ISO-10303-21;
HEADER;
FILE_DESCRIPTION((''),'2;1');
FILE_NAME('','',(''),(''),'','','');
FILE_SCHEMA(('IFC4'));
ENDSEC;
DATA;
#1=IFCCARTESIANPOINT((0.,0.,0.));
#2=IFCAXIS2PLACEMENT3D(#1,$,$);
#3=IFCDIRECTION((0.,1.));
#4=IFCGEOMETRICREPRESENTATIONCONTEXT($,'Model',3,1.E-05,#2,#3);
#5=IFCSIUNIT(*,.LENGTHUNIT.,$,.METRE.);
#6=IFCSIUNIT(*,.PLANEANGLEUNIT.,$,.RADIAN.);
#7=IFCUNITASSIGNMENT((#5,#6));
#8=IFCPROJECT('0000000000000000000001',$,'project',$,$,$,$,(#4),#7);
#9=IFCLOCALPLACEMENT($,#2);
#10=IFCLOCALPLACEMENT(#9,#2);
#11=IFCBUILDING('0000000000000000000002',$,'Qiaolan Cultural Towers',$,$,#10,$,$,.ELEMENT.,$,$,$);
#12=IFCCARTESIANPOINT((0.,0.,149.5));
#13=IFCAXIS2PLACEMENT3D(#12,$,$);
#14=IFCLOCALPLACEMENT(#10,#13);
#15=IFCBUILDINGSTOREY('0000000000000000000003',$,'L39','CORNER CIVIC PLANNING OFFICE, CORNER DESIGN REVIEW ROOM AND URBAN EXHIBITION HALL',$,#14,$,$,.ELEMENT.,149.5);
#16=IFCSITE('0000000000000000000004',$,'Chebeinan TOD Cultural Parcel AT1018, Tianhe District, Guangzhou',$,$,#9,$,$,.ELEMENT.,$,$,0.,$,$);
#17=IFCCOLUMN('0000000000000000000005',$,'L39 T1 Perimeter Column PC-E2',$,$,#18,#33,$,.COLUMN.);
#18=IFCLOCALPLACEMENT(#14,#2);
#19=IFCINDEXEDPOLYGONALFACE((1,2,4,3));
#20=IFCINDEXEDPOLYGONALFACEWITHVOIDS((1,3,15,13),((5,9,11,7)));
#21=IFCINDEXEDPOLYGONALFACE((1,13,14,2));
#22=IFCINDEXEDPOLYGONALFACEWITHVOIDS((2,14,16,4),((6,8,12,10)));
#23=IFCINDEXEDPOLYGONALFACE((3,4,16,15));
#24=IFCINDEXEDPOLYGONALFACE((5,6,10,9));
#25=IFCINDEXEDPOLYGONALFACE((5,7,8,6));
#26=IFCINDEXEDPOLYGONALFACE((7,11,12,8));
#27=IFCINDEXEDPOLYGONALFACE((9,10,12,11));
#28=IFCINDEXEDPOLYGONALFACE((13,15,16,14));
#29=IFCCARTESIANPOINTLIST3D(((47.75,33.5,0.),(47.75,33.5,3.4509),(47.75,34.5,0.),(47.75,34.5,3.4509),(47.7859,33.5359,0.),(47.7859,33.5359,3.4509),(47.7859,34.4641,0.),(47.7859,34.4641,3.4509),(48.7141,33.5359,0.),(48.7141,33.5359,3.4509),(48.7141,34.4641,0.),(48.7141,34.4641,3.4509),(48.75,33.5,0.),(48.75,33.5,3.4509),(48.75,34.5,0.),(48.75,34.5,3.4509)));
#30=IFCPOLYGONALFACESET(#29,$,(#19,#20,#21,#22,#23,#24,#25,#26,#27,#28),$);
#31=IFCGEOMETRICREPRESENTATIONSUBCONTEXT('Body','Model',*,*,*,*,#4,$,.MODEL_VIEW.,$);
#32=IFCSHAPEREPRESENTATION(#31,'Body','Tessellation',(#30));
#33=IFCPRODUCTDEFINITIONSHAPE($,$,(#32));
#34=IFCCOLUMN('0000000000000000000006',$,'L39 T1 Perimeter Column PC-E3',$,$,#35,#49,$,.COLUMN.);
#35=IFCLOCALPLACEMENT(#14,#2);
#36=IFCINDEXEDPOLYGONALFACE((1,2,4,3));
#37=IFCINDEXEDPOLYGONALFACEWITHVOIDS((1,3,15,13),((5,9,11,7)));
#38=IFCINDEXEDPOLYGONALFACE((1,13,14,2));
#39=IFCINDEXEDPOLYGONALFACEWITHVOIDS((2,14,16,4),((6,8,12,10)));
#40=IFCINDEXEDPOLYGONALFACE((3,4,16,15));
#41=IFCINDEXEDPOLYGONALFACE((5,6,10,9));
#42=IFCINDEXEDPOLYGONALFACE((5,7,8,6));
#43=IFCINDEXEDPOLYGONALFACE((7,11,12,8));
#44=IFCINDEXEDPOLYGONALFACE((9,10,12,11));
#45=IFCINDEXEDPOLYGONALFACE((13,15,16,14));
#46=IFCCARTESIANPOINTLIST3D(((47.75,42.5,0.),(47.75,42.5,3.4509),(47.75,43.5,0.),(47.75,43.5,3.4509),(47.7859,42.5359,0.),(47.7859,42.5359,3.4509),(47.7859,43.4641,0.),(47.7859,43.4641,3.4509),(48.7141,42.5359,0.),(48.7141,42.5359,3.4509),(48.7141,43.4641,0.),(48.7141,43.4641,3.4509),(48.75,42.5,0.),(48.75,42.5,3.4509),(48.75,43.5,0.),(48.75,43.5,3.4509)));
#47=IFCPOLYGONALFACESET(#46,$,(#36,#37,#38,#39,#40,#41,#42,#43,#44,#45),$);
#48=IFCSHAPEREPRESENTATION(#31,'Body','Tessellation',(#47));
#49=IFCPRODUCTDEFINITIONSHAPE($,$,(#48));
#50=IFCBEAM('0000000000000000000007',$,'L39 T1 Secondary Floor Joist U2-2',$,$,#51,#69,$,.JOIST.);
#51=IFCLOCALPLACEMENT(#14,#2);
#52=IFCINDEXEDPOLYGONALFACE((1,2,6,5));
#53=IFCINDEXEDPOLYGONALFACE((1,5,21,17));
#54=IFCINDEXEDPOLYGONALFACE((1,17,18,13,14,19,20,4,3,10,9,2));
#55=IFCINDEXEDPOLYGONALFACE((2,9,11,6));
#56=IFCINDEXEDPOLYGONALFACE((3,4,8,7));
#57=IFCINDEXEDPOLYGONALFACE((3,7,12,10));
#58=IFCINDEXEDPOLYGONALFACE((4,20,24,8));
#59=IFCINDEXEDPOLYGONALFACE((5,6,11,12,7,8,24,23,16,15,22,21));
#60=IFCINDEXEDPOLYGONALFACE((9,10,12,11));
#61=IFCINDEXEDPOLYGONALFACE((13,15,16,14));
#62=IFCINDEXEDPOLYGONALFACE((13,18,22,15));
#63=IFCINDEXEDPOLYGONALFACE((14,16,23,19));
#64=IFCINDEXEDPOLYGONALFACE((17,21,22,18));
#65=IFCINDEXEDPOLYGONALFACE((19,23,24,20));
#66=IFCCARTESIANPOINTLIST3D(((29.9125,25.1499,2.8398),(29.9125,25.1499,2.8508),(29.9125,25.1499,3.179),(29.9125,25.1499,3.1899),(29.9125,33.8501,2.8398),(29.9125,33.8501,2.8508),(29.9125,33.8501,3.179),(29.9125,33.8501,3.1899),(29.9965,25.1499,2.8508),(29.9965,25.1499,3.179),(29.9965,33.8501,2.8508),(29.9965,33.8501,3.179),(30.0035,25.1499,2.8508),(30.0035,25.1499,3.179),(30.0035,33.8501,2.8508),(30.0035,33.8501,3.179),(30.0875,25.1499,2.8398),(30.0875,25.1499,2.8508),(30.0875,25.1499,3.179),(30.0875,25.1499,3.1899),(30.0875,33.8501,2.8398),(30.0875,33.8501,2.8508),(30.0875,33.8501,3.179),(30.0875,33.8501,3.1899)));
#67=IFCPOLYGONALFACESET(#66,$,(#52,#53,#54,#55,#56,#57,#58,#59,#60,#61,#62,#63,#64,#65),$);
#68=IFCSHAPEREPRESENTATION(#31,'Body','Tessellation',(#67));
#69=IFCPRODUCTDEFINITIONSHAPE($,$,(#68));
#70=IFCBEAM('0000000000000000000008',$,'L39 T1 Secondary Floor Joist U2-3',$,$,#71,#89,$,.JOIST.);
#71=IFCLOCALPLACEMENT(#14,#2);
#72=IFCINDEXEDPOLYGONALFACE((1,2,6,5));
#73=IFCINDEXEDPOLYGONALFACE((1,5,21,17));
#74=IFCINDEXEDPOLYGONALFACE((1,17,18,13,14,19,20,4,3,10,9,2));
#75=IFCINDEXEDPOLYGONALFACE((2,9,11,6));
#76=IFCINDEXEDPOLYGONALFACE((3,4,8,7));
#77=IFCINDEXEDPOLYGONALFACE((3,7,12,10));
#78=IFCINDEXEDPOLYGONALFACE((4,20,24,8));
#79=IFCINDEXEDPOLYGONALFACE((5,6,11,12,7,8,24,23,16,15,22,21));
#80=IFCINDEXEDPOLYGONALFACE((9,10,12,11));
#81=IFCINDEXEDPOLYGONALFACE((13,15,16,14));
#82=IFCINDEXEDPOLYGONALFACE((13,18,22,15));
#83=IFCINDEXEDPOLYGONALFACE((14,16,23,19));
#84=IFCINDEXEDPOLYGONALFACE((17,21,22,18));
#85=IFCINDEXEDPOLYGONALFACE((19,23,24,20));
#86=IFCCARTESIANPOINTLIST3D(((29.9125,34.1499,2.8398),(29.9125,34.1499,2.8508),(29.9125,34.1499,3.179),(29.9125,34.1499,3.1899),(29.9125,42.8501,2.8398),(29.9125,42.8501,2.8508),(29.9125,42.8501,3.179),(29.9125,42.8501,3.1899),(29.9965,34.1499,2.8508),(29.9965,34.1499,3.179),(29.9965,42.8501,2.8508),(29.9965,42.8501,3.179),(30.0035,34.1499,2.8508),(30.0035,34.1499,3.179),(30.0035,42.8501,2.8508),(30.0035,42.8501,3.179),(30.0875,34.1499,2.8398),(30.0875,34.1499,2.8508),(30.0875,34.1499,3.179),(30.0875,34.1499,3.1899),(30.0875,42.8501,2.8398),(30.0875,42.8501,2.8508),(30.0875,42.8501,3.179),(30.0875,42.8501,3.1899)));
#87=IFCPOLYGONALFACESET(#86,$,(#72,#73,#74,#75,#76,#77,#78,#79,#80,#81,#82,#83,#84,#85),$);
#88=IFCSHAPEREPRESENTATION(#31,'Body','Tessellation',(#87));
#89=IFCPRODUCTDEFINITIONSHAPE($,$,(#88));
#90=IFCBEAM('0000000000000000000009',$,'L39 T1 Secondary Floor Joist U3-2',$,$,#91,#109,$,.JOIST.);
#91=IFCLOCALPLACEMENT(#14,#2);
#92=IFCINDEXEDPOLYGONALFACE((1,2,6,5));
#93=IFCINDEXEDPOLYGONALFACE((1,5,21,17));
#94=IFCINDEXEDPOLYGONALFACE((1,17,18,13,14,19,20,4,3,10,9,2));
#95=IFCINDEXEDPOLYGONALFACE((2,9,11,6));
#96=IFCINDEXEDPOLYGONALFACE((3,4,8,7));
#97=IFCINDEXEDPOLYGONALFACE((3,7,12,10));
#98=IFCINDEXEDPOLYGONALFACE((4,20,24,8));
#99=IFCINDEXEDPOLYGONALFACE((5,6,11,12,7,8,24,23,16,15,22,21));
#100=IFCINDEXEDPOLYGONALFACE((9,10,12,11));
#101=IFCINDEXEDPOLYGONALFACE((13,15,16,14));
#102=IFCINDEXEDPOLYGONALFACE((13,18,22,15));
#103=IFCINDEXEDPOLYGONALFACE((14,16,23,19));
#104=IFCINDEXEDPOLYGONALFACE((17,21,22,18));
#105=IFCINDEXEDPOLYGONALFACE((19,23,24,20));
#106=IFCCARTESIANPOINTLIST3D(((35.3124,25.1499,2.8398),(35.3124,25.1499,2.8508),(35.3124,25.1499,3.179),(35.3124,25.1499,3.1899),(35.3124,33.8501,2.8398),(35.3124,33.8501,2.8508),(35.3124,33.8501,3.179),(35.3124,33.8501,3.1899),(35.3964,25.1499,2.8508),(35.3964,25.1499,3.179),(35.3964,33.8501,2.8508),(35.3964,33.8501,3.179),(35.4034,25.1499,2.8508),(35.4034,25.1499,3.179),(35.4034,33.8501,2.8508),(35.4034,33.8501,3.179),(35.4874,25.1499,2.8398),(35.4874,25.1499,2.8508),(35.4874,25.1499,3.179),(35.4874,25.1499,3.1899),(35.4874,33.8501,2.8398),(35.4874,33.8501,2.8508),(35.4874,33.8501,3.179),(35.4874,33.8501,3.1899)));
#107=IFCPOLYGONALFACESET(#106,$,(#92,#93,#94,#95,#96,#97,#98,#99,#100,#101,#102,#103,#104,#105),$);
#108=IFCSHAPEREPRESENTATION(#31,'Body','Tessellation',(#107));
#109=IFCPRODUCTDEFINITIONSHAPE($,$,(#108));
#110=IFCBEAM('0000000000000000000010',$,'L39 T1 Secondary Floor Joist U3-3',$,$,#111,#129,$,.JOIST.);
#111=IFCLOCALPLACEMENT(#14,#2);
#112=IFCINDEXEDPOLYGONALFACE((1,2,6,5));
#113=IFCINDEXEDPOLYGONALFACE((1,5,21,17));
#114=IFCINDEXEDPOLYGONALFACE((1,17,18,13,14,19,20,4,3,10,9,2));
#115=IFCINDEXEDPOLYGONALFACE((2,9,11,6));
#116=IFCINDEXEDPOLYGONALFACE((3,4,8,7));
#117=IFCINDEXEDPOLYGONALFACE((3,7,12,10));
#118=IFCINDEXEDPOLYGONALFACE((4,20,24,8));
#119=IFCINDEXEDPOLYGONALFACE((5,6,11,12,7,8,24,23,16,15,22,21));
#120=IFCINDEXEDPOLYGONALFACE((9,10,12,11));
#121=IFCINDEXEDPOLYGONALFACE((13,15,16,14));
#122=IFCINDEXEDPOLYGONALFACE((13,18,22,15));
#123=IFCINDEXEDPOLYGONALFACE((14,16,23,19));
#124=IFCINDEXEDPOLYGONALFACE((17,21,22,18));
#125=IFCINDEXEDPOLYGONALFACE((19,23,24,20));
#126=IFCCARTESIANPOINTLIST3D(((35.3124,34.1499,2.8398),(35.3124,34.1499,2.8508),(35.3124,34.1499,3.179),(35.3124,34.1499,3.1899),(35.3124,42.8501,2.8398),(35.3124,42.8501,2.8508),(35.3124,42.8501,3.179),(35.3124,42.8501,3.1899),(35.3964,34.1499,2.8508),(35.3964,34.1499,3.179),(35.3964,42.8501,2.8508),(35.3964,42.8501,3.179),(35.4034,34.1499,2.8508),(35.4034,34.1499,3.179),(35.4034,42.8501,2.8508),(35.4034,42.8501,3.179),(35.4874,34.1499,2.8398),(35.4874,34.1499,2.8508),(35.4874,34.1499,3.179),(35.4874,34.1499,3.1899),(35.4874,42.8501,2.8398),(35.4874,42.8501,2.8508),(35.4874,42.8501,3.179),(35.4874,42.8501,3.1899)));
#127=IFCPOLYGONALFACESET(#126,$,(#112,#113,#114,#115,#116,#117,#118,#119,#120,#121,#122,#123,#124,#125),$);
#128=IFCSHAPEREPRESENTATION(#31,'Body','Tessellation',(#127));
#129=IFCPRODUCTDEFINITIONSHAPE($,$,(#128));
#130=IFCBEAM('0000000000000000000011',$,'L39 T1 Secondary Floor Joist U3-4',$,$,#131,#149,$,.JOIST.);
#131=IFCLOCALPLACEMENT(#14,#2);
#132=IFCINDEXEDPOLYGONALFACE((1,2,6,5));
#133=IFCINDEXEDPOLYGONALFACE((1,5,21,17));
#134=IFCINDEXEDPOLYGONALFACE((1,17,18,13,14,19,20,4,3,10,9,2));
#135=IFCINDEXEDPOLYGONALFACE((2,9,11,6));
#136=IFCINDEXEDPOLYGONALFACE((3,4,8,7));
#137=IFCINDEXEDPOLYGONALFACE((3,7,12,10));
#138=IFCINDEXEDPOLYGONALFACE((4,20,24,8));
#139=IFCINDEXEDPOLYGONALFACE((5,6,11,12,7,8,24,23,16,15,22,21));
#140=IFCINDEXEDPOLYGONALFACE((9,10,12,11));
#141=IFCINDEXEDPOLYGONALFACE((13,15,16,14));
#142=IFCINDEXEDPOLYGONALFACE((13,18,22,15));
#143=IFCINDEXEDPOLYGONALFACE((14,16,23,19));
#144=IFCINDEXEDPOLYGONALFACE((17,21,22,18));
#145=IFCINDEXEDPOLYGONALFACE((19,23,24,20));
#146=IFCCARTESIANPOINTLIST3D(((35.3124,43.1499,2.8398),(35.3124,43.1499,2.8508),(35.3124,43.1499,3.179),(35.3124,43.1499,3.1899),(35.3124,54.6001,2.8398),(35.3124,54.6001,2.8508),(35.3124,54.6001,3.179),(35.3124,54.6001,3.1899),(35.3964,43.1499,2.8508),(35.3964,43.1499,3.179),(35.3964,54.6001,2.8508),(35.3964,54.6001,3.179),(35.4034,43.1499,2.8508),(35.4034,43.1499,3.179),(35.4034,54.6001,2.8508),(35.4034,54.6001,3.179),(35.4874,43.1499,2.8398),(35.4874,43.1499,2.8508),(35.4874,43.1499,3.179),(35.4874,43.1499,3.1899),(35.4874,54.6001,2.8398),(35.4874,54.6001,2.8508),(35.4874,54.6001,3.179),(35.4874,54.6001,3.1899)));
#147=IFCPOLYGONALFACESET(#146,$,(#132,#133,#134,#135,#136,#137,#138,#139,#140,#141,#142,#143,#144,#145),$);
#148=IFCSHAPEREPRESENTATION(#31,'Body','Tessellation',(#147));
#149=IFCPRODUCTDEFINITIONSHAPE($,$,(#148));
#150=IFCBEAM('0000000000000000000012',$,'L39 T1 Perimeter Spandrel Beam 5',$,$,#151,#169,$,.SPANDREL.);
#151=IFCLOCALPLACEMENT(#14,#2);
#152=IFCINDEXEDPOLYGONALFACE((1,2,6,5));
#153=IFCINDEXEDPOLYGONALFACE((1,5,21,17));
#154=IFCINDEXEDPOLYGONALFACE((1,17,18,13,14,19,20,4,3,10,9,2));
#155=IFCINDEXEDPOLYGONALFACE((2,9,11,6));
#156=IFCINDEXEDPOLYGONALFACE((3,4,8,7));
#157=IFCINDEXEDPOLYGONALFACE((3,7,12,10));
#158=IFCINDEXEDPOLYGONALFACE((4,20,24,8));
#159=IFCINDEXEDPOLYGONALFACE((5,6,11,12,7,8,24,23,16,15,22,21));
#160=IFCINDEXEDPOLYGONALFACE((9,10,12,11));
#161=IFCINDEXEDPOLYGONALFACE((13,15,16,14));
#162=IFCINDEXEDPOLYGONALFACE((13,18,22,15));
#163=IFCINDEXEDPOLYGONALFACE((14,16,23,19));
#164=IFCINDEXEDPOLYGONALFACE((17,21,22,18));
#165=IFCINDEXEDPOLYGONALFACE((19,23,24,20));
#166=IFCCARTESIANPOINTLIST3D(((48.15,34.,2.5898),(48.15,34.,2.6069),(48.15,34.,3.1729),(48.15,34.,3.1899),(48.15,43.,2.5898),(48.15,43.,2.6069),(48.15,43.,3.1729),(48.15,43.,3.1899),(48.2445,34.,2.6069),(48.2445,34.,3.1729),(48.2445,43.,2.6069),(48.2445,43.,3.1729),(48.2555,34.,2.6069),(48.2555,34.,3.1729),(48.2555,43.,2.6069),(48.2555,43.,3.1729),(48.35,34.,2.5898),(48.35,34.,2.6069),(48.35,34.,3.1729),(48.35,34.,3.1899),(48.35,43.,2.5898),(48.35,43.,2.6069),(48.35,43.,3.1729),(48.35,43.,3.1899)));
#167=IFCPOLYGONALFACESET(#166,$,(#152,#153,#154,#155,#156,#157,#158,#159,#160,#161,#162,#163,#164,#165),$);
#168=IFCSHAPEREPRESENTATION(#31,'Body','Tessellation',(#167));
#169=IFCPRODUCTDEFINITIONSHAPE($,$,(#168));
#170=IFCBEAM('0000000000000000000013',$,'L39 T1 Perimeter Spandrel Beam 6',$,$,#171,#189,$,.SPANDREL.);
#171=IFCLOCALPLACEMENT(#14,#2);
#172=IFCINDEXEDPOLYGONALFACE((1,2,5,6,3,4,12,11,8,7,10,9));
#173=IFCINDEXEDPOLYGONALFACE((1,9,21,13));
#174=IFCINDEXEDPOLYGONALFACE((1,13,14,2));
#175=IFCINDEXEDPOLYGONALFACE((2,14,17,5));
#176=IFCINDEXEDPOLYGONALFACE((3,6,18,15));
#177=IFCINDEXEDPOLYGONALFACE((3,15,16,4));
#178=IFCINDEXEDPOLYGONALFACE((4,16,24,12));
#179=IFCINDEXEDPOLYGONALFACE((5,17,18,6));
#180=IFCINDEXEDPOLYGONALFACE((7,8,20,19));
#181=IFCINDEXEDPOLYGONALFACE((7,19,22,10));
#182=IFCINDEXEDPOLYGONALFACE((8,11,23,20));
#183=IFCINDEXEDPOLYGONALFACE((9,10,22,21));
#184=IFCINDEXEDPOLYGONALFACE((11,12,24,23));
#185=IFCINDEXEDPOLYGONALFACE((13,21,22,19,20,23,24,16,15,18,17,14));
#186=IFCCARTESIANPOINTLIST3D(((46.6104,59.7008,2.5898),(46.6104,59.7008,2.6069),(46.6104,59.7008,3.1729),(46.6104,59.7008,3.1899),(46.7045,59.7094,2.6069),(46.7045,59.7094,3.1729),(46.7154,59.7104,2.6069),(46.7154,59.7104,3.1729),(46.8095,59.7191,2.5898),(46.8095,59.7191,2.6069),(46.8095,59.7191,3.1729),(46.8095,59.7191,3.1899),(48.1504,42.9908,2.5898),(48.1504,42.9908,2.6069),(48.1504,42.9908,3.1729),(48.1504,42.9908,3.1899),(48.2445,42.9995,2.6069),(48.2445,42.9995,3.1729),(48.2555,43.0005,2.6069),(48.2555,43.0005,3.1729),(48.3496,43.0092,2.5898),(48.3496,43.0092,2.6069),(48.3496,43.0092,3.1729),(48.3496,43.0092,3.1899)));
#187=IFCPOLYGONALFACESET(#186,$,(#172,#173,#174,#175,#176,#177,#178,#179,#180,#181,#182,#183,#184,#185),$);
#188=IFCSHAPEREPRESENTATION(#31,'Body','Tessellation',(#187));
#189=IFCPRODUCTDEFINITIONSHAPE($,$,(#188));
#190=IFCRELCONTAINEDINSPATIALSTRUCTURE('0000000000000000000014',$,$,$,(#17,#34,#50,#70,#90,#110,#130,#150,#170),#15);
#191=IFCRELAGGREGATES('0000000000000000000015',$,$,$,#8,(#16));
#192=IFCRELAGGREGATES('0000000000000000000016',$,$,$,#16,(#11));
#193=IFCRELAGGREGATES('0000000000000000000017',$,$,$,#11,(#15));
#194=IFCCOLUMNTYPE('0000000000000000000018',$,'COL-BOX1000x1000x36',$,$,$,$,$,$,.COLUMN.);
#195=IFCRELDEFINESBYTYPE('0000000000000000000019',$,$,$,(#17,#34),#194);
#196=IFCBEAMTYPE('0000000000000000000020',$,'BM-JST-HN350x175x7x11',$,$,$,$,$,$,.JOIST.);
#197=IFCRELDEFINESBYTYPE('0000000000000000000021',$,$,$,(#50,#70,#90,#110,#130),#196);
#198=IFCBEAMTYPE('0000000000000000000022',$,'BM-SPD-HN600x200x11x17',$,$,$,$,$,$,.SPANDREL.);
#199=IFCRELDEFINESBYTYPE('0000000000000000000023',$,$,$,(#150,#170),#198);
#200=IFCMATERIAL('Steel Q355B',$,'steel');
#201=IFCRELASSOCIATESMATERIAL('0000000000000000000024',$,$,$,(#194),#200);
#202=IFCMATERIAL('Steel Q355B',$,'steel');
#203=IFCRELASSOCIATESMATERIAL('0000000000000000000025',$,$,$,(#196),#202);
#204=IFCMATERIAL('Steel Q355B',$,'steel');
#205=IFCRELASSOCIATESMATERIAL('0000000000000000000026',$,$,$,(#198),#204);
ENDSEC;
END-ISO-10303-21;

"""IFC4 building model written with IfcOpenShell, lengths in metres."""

from ifc_helpers import new_model, si_unit, direction, frame, origin, origin_2d, place, context, subcontext, project, spatial, hollow_rectangle, i_section, extrude, material, material_profile, profile_set, type_object, element, save


model = new_model("IFC4")

# Units and contexts
model_context = context("Model", 3, precision=1e-05, world=origin(), true_north=direction((0.0, 1.0)))
body_context = subcontext(model_context, "Body", "Model", "MODEL_VIEW")
ifc_project = project(units=[si_unit("LENGTHUNIT", "METRE"), si_unit("PLANEANGLEUNIT", "RADIAN")], contexts=[model_context])

# Site, building, storey
site_placement = place(None, origin())
site = spatial("IfcSite", under=ifc_project, at=site_placement, Name="Chebeinan TOD Cultural Parcel AT1018, Tianhe District, Guangzhou", CompositionType="ELEMENT", RefElevation=0.0)
building_placement = place(site_placement, origin())
building = spatial("IfcBuilding", under=site, at=building_placement, Name="Qiaolan Cultural Towers", CompositionType="ELEMENT")
storey_placement = place(building_placement, frame((0.0, 0.0, 149.5)))
storey = spatial("IfcBuildingStorey", under=building, at=storey_placement, Name="L39", Description="CORNER CIVIC PLANNING OFFICE, CORNER DESIGN REVIEW ROOM AND URBAN EXHIBITION HALL", CompositionType="ELEMENT", Elevation=149.5)

# Columns
ifc_material_1 = material(Name="Steel Q355B", Category="steel")
ifc_material_profile_1 = material_profile(ifc_material_1, hollow_rectangle(XDim=1.0, YDim=1.0, WallThickness=0.0359, at=origin_2d()), Name="BOX1000x1000x36")
ifc_profile_set_1 = profile_set([ifc_material_profile_1], Name="Steel Q355B")
column_type = type_object("IfcColumnType", Name="COL-BOX1000x1000x36", PredefinedType="COLUMN", material=ifc_profile_set_1)
for number, where, z_axis, x_axis, name in (
    (1, (48.25, 34.0, 0.0), (0.0, 0.0, 1.0), (1.0, 0.0, 0.0), "L39 T1 Perimeter Column PC-E2"),
    (2, (48.25, 43.0, 0.0), (0.0, 0.0, 1.0), (1.0, 0.0, 0.0), "L39 T1 Perimeter Column PC-E3"),
):
    element("IfcColumn", number, at=place(storey_placement, frame(where, z_axis=z_axis, x_axis=x_axis)), inside=storey, type_object=column_type, Name=name, PredefinedType="COLUMN", context=body_context, shape_type="SweptSolid", body=[
        extrude(hollow_rectangle(XDim=1.0, YDim=1.0, WallThickness=0.0359, at=origin_2d()), origin(), (0.0, 0.0, 1.0), 3.4509),
    ])

# Beams
ifc_material_2 = material(Name="Steel Q355B", Category="steel")
ifc_material_profile_2 = material_profile(ifc_material_2, i_section(OverallWidth=0.175, OverallDepth=0.3501, WebThickness=0.0071, FlangeThickness=0.011, at=origin_2d()), Name="HN350x175x7x11")
ifc_profile_set_2 = profile_set([ifc_material_profile_2], Name="Steel Q355B")
beam_type_1 = type_object("IfcBeamType", Name="BM-JST-HN350x175x7x11", PredefinedType="JOIST", material=ifc_profile_set_2)
for number, where, z_axis, x_axis, name in (
    (3, (30.0, 25.1499, 3.0149), (0.0, 1.0, 0.0), (-1.0, 0.0, 0.0), "L39 T1 Secondary Floor Joist U2-2"),
    (4, (30.0, 34.1499, 3.0149), (0.0, 1.0, 0.0), (-1.0, 0.0, 0.0), "L39 T1 Secondary Floor Joist U2-3"),
    (5, (35.3999, 25.1499, 3.0149), (0.0, 1.0, 0.0), (-1.0, 0.0, 0.0), "L39 T1 Secondary Floor Joist U3-2"),
    (6, (35.3999, 34.1499, 3.0149), (0.0, 1.0, 0.0), (-1.0, 0.0, 0.0), "L39 T1 Secondary Floor Joist U3-3"),
):
    element("IfcBeam", number, at=place(storey_placement, frame(where, z_axis=z_axis, x_axis=x_axis)), inside=storey, type_object=beam_type_1, Name=name, PredefinedType="JOIST", context=body_context, shape_type="SweptSolid", body=[
        extrude(i_section(OverallWidth=0.175, OverallDepth=0.3501, WebThickness=0.0071, FlangeThickness=0.011, at=origin_2d()), origin(), (0.0, 0.0, 1.0), 8.7002),
    ])
beam_1_placement = place(storey_placement, frame((35.3999, 43.1499, 3.0149), z_axis=(0.0, 1.0, 0.0), x_axis=(-1.0, 0.0, 0.0)))
element("IfcBeam", 7, at=beam_1_placement, inside=storey, type_object=beam_type_1, Name="L39 T1 Secondary Floor Joist U3-4", PredefinedType="JOIST", context=body_context, shape_type="SweptSolid", body=[
    extrude(i_section(OverallWidth=0.175, OverallDepth=0.3501, WebThickness=0.0071, FlangeThickness=0.011, at=origin_2d()), origin(), (0.0, 0.0, 1.0), 11.4502),
])
ifc_material_3 = material(Name="Steel Q355B", Category="steel")
ifc_material_profile_3 = material_profile(ifc_material_3, i_section(OverallWidth=0.2, OverallDepth=0.6001, WebThickness=0.011, FlangeThickness=0.0171, at=origin_2d()), Name="HN600x200x11x17")
ifc_profile_set_3 = profile_set([ifc_material_profile_3], Name="Steel Q355B")
beam_type_2 = type_object("IfcBeamType", Name="BM-SPD-HN600x200x11x17", PredefinedType="SPANDREL", material=ifc_profile_set_3)
beam_2_placement = place(storey_placement, frame((48.25, 34.0, 2.8899), z_axis=(0.0, 1.0, 0.0), x_axis=(-1.0, 0.0, 0.0)))
element("IfcBeam", 8, at=beam_2_placement, inside=storey, type_object=beam_type_2, Name="L39 T1 Perimeter Spandrel Beam 5", PredefinedType="SPANDREL", context=body_context, shape_type="SweptSolid", body=[
    extrude(i_section(OverallWidth=0.2, OverallDepth=0.6001, WebThickness=0.011, FlangeThickness=0.0171, at=origin_2d()), origin(), (0.0, 0.0, 1.0), 9.0),
])
beam_3_placement = place(storey_placement, frame((48.25, 43.0, 2.8899), z_axis=(-0.091774, 0.99578, 0.0), x_axis=(-0.99578, -0.091774, 0.0)))
element("IfcBeam", 9, at=beam_3_placement, inside=storey, type_object=beam_type_2, Name="L39 T1 Perimeter Spandrel Beam 6", PredefinedType="SPANDREL", context=body_context, shape_type="SweptSolid", body=[
    extrude(i_section(OverallWidth=0.2, OverallDepth=0.6001, WebThickness=0.011, FlangeThickness=0.0171, at=origin_2d()), origin(), (0.0, 0.0, 1.0), 16.7808),
])

save(model, "model.ifc")
